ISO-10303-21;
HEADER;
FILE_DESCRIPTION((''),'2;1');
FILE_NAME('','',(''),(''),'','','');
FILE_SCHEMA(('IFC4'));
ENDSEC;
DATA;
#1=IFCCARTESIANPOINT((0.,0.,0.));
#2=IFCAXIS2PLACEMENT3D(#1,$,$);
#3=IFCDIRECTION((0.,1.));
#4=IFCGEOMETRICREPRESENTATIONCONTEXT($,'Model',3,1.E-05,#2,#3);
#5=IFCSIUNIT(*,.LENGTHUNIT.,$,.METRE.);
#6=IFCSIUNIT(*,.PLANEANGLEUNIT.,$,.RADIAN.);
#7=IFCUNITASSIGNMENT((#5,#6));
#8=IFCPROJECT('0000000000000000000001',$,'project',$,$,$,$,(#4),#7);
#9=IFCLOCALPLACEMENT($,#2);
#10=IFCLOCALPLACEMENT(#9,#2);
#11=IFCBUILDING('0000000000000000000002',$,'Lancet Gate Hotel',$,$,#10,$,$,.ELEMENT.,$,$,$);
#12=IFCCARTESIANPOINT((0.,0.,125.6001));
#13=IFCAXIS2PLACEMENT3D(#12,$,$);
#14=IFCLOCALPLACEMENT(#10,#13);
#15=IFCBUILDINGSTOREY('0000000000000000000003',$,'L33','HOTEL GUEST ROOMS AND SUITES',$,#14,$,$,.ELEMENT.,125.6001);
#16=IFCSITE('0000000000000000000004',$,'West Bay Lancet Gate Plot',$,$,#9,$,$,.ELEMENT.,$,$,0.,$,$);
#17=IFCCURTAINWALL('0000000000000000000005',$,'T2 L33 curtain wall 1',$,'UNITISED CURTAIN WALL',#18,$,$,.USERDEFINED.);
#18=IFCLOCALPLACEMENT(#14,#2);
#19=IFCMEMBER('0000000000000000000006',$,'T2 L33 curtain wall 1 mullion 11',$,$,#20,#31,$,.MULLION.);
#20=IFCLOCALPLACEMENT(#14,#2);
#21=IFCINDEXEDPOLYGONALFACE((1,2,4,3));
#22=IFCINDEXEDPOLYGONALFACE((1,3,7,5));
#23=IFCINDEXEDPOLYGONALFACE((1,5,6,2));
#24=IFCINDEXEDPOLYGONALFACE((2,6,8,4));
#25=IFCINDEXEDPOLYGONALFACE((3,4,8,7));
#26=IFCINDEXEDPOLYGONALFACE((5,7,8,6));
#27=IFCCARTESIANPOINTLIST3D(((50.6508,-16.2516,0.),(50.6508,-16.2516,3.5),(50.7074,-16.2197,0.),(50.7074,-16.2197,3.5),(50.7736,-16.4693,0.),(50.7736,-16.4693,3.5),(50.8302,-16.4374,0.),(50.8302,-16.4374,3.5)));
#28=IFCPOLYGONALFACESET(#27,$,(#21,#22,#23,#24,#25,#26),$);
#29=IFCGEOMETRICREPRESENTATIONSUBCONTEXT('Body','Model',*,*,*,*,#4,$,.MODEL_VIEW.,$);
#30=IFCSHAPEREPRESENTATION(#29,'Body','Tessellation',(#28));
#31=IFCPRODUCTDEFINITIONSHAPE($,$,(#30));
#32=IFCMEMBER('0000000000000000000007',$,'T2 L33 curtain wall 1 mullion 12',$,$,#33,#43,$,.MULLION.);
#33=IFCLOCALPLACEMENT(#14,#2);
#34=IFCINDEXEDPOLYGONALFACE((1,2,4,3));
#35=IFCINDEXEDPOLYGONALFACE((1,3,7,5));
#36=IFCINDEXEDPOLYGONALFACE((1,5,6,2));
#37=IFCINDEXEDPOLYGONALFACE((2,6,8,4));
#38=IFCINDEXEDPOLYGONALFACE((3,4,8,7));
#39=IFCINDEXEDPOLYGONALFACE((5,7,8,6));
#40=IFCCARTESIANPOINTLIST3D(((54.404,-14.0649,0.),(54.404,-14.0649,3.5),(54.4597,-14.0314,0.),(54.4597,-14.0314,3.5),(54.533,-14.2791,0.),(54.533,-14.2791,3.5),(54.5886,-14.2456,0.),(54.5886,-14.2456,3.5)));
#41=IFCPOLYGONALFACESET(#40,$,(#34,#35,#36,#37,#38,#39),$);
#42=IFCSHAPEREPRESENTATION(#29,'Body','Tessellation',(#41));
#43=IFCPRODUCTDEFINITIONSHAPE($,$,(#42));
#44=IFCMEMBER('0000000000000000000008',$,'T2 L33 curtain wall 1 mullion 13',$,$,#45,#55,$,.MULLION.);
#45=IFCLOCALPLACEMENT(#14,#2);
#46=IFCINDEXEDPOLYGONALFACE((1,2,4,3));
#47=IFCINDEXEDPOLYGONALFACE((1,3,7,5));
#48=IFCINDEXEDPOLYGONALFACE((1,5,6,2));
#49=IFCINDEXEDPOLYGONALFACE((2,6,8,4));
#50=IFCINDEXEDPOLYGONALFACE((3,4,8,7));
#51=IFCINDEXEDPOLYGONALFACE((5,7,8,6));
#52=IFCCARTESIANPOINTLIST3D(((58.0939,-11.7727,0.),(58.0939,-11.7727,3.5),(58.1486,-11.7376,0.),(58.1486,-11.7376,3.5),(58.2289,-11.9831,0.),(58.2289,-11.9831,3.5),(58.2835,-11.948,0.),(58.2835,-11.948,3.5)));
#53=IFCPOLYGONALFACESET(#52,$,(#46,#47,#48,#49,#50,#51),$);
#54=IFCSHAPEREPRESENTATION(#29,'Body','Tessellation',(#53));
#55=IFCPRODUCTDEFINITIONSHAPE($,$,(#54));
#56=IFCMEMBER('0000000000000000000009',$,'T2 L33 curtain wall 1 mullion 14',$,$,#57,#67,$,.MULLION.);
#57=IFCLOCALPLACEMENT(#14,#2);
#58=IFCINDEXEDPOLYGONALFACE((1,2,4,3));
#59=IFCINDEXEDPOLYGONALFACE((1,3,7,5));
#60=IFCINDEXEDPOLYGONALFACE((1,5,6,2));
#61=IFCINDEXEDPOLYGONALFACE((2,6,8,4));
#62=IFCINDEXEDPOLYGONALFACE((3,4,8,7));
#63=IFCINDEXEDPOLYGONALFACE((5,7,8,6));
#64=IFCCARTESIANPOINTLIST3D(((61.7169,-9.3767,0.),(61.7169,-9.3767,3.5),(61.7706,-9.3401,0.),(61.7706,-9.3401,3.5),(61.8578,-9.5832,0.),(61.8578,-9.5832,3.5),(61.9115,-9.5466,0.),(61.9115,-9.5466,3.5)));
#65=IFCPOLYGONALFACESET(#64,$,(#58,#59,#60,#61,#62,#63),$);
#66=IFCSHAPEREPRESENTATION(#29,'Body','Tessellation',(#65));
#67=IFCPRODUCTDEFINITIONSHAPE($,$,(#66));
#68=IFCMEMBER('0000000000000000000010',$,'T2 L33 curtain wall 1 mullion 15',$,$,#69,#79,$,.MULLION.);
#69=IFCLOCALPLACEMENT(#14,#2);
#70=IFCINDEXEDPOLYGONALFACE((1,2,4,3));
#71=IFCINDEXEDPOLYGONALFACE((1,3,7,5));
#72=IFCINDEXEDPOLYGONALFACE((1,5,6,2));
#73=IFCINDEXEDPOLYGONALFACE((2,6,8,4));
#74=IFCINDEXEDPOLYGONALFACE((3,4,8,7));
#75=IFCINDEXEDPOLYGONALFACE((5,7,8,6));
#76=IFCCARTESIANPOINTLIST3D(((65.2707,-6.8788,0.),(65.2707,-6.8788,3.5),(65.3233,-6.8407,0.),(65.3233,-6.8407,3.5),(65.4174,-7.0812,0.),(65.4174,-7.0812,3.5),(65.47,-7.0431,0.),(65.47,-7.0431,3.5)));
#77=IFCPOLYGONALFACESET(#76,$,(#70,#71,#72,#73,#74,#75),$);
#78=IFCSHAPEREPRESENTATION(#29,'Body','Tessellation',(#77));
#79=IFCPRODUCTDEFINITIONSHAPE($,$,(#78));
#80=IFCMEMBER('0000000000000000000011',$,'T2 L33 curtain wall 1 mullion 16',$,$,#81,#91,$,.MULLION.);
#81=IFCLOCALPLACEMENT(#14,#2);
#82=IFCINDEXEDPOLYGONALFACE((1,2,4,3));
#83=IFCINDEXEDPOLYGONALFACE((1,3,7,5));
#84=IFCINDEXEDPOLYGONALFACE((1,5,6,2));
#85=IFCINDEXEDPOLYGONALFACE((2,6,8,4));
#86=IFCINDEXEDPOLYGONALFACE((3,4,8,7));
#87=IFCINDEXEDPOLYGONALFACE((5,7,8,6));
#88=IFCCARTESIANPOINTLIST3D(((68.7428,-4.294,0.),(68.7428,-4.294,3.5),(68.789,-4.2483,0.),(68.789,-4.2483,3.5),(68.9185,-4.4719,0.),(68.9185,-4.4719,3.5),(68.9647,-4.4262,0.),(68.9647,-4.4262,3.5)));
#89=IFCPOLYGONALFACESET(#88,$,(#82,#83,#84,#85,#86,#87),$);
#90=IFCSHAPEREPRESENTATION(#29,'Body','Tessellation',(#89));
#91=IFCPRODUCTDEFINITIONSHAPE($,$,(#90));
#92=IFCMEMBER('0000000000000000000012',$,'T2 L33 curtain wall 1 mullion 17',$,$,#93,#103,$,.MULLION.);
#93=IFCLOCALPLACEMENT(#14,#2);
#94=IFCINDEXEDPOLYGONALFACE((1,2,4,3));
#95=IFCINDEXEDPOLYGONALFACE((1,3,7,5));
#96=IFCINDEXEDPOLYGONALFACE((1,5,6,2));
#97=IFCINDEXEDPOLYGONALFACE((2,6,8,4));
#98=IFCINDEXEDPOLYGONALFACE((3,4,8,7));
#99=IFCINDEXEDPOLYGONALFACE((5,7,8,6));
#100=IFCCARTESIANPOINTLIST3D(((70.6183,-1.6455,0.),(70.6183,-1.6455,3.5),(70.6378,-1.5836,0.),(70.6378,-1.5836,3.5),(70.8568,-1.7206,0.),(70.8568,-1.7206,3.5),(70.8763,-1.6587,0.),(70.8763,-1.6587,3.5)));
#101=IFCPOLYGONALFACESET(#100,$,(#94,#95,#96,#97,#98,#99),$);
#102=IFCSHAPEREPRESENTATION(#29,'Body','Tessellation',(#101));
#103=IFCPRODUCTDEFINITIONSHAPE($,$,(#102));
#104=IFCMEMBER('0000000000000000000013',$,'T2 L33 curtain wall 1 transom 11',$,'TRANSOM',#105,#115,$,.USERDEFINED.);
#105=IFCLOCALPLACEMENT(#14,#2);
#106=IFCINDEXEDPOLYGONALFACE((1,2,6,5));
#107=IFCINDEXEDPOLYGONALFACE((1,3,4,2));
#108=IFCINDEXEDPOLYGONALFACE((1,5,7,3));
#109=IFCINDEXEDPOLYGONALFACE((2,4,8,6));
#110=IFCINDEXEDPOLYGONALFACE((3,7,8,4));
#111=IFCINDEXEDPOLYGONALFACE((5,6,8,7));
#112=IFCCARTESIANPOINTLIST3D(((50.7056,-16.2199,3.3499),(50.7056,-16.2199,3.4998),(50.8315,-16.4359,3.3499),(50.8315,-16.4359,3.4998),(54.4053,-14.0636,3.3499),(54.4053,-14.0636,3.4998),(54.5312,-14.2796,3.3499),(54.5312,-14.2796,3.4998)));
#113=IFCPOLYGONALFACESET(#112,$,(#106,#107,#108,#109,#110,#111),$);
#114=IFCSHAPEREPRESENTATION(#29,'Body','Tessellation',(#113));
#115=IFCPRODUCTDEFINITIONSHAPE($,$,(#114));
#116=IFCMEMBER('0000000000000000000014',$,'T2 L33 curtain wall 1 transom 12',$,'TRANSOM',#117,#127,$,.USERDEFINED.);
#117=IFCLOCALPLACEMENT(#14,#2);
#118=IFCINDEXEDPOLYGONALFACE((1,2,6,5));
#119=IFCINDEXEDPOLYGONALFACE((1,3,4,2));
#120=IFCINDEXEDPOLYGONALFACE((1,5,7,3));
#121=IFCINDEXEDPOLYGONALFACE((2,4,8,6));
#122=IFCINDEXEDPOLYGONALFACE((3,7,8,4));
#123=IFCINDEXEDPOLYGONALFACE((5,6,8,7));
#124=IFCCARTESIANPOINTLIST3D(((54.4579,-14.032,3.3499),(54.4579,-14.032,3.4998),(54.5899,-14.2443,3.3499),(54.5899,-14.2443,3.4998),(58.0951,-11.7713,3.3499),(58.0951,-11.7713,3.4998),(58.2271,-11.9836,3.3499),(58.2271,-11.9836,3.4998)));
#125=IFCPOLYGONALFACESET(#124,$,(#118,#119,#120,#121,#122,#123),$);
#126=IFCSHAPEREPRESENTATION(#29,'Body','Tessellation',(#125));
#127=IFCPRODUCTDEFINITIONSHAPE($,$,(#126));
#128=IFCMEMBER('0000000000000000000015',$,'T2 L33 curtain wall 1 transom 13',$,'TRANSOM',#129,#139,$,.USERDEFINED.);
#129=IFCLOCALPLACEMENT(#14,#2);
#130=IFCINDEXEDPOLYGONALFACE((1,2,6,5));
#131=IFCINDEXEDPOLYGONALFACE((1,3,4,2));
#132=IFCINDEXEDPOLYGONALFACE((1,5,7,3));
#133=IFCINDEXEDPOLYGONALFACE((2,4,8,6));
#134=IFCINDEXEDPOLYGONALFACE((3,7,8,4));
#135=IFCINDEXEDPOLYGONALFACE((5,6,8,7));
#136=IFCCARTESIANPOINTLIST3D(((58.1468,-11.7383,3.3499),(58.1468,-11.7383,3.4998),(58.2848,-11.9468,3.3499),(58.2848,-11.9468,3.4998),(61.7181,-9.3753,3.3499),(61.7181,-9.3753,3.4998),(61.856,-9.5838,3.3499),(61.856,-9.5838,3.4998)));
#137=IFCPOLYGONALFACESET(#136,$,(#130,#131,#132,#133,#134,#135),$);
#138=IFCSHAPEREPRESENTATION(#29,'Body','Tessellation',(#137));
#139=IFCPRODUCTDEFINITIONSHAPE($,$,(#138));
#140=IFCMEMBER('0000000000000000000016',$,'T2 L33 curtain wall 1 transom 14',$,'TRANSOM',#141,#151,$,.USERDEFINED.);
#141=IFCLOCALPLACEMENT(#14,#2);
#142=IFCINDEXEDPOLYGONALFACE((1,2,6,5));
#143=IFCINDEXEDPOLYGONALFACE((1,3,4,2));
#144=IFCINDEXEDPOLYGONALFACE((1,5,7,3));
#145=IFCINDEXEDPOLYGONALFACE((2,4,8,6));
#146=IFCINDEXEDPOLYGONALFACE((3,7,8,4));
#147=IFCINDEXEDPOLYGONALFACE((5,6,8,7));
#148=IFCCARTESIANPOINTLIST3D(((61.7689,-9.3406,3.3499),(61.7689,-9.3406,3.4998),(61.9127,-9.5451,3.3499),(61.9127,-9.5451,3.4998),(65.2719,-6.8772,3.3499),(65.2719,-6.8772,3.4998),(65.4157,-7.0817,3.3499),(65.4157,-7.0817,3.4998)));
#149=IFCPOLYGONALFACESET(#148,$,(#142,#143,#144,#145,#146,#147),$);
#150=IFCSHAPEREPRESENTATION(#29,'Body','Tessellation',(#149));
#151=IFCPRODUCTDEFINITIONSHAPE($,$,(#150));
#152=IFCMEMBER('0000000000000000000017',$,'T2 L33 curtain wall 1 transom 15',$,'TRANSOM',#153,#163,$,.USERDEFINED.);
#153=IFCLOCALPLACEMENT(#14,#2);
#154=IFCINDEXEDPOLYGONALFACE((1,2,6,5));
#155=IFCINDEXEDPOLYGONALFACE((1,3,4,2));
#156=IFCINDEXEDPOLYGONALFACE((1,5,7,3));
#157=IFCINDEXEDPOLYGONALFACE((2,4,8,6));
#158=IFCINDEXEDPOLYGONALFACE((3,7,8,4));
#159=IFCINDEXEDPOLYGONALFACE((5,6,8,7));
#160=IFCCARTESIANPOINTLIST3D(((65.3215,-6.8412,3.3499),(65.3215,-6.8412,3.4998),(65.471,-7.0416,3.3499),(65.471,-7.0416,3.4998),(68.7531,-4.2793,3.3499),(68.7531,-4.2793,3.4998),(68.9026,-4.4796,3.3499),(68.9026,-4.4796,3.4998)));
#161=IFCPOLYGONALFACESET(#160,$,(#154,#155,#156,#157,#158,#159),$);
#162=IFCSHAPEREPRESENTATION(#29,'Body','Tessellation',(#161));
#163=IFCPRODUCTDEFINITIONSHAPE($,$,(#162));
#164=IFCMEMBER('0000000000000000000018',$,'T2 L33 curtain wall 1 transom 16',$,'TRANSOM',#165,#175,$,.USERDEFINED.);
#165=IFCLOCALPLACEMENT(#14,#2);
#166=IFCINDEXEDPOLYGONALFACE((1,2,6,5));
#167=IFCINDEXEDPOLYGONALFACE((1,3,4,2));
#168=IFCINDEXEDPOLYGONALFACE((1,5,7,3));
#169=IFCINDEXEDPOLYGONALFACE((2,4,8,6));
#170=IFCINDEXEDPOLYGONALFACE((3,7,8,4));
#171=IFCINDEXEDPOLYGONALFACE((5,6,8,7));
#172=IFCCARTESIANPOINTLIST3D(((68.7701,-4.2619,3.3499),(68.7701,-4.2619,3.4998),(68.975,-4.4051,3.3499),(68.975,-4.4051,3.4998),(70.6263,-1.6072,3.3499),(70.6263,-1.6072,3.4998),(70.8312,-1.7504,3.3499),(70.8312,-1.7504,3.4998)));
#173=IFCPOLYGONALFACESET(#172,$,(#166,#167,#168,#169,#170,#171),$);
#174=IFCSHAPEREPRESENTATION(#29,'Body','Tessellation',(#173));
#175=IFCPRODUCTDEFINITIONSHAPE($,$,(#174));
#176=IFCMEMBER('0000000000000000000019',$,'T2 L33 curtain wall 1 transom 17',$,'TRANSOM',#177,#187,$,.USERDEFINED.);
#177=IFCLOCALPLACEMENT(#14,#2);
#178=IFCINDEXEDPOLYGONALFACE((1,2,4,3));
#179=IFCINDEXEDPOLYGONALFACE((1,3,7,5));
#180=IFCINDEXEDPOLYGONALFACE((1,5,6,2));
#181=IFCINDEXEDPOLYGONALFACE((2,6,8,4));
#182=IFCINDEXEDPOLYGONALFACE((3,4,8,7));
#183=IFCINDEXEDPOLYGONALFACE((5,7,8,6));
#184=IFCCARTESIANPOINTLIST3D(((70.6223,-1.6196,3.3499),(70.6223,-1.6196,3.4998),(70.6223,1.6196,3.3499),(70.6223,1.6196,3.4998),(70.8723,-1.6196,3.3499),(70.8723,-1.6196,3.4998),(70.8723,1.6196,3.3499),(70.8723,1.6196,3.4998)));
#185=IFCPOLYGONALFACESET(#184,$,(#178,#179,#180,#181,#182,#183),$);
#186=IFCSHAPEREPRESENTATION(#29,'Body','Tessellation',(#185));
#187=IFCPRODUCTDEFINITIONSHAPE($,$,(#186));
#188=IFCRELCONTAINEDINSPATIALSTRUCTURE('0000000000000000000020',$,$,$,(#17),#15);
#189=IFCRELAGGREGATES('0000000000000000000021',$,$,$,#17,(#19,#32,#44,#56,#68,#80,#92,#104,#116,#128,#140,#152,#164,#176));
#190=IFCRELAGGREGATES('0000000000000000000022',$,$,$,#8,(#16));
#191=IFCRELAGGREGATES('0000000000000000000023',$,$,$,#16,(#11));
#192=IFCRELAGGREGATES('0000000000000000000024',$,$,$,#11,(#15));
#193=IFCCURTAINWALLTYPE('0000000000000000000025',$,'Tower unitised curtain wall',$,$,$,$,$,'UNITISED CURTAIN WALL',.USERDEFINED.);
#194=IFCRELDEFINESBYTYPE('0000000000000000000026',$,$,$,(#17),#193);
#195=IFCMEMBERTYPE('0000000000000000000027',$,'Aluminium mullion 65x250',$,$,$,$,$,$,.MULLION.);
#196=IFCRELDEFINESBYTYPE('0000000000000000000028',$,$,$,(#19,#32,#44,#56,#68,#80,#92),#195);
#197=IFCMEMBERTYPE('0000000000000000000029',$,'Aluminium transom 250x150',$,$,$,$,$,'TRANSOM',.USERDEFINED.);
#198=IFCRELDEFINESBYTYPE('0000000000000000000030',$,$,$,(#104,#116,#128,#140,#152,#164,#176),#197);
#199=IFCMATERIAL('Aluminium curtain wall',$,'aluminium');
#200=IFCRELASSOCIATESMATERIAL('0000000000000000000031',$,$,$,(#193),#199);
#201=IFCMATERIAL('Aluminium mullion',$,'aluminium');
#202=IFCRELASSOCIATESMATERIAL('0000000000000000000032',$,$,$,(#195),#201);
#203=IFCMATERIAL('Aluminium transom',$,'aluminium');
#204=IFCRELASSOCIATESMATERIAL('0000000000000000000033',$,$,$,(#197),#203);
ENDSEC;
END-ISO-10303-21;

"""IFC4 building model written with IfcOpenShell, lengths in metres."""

from ifc_helpers import new_model, si_unit, direction, frame, origin, origin_2d, place, context, subcontext, project, spatial, rectangle, extrude, material, material_profile, profile_set, type_object, element, aggregate, save


model = new_model("IFC4")

# Units and contexts
model_context = context("Model", 3, precision=1e-05, world=origin(), true_north=direction((0.0, 1.0)))
body_context = subcontext(model_context, "Body", "Model", "MODEL_VIEW")
ifc_project = project(units=[si_unit("LENGTHUNIT", "METRE"), si_unit("PLANEANGLEUNIT", "RADIAN")], contexts=[model_context])

# Site, building, storey
site_placement = place(None, origin())
site = spatial("IfcSite", under=ifc_project, at=site_placement, Name="West Bay Lancet Gate Plot", CompositionType="ELEMENT", RefElevation=0.0)
building_placement = place(site_placement, origin())
building = spatial("IfcBuilding", under=site, at=building_placement, Name="Lancet Gate Hotel", CompositionType="ELEMENT")
storey_placement = place(building_placement, frame((0.0, 0.0, 125.6001)))
storey = spatial("IfcBuildingStorey", under=building, at=storey_placement, Name="L33", Description="HOTEL GUEST ROOMS AND SUITES", CompositionType="ELEMENT", Elevation=125.6001)

# Curtain wall, members
ifc_material_1 = material(Name="Aluminium curtain wall", Category="aluminium")
curtain_wall_type = type_object("IfcCurtainWallType", Name="Tower unitised curtain wall", ElementType="UNITISED CURTAIN WALL", PredefinedType="USERDEFINED", material=ifc_material_1)
curtain_wall_placement = place(storey_placement, origin())
curtain_wall = element("IfcCurtainWall", 1, at=curtain_wall_placement, inside=storey, type_object=curtain_wall_type, Name="T2 L33 curtain wall 1", ObjectType="UNITISED CURTAIN WALL", PredefinedType="USERDEFINED")
ifc_material_2 = material(Name="Aluminium mullion", Category="aluminium")
ifc_material_profile_1 = material_profile(ifc_material_2, rectangle(XDim=0.0649, YDim=0.25, at=origin_2d()), Name="MULLION 65x250")
ifc_profile_set_1 = profile_set([ifc_material_profile_1], Name="Aluminium mullion")
member_type_1 = type_object("IfcMemberType", Name="Aluminium mullion 65x250", PredefinedType="MULLION", material=ifc_profile_set_1)
member_1_placement = place(storey_placement, frame((50.7405, -16.3445, 0.0), z_axis=(0.0, 0.0, 1.0), x_axis=(0.871029, 0.491232, 0.0)))
member_1 = element("IfcMember", 2, at=member_1_placement, type_object=member_type_1, Name="T2 L33 curtain wall 1 mullion 11", PredefinedType="MULLION", context=body_context, shape_type="SweptSolid", body=[
    extrude(rectangle(XDim=0.0649, YDim=0.25, at=origin_2d()), origin(), (0.0, 0.0, 1.0), 3.5),
])
member_2_placement = place(storey_placement, frame((54.4963, -14.1553, 0.0), z_axis=(0.0, 0.0, 1.0), x_axis=(0.856728, 0.515768, 0.0)))
member_2 = element("IfcMember", 3, at=member_2_placement, type_object=member_type_1, Name="T2 L33 curtain wall 1 mullion 12", PredefinedType="MULLION", context=body_context, shape_type="SweptSolid", body=[
    extrude(rectangle(XDim=0.0649, YDim=0.25, at=origin_2d()), origin(), (0.0, 0.0, 1.0), 3.5),
])
member_3_placement = place(storey_placement, frame((58.1887, -11.8604, 0.0), z_axis=(0.0, 0.0, 1.0), x_axis=(0.841736, 0.539889, 0.0)))
member_3 = element("IfcMember", 4, at=member_3_placement, type_object=member_type_1, Name="T2 L33 curtain wall 1 mullion 13", PredefinedType="MULLION", context=body_context, shape_type="SweptSolid", body=[
    extrude(rectangle(XDim=0.0649, YDim=0.25, at=origin_2d()), origin(), (0.0, 0.0, 1.0), 3.5),
])
member_4_placement = place(storey_placement, frame((61.8142, -9.4617, 0.0), z_axis=(0.0, 0.0, 1.0), x_axis=(0.826066, 0.563574, 0.0)))
member_4 = element("IfcMember", 5, at=member_4_placement, type_object=member_type_1, Name="T2 L33 curtain wall 1 mullion 14", PredefinedType="MULLION", context=body_context, shape_type="SweptSolid", body=[
    extrude(rectangle(XDim=0.0649, YDim=0.25, at=origin_2d()), origin(), (0.0, 0.0, 1.0), 3.5),
])
member_5_placement = place(storey_placement, frame((65.3704, -6.9609, 0.0), z_axis=(0.0, 0.0, 1.0), x_axis=(0.809729, 0.586805, 0.0)))
member_5 = element("IfcMember", 6, at=member_5_placement, type_object=member_type_1, Name="T2 L33 curtain wall 1 mullion 15", PredefinedType="MULLION", context=body_context, shape_type="SweptSolid", body=[
    extrude(rectangle(XDim=0.0649, YDim=0.25, at=origin_2d()), origin(), (0.0, 0.0, 1.0), 3.5),
])
member_6_placement = place(storey_placement, frame((68.8538, -4.3601, 0.0), z_axis=(0.0, 0.0, 1.0), x_axis=(0.71161, 0.702574, 0.0)))
member_6 = element("IfcMember", 7, at=member_6_placement, type_object=member_type_1, Name="T2 L33 curtain wall 1 mullion 16", PredefinedType="MULLION", context=body_context, shape_type="SweptSolid", body=[
    extrude(rectangle(XDim=0.0649, YDim=0.25, at=origin_2d()), origin(), (0.0, 0.0, 1.0), 3.5),
])
member_7_placement = place(storey_placement, frame((70.7473, -1.6521, 0.0), z_axis=(0.0, 0.0, 1.0), x_axis=(0.300385, 0.953818, 0.0)))
member_7 = element("IfcMember", 8, at=member_7_placement, type_object=member_type_1, Name="T2 L33 curtain wall 1 mullion 17", PredefinedType="MULLION", context=body_context, shape_type="SweptSolid", body=[
    extrude(rectangle(XDim=0.0649, YDim=0.25, at=origin_2d()), origin(), (0.0, 0.0, 1.0), 3.5),
])
ifc_material_3 = material(Name="Aluminium transom", Category="aluminium")
ifc_material_profile_2 = material_profile(ifc_material_3, rectangle(XDim=0.25, YDim=0.1499, at=origin_2d()), Name="TRANSOM 250x150")
ifc_profile_set_2 = profile_set([ifc_material_profile_2], Name="Aluminium transom")
member_type_2 = type_object("IfcMemberType", Name="Aluminium transom 250x150", ElementType="TRANSOM", PredefinedType="USERDEFINED", material=ifc_profile_set_2)
member_8_placement = place(storey_placement, frame((50.7686, -16.3279, 3.4248), z_axis=(0.863973, 0.503538, 0.0), x_axis=(-0.503538, 0.863973, 0.0)))
member_8 = element("IfcMember", 9, at=member_8_placement, type_object=member_type_2, Name="T2 L33 curtain wall 1 transom 11", ObjectType="TRANSOM", PredefinedType="USERDEFINED", context=body_context, shape_type="SweptSolid", body=[
    extrude(rectangle(XDim=0.25, YDim=0.1499, at=origin_2d()), origin(), (0.0, 0.0, 1.0), 4.2822),
])
member_9_placement = place(storey_placement, frame((54.5239, -14.1382, 3.4248), z_axis=(0.849309, 0.527896, 0.0), x_axis=(-0.527896, 0.849309, 0.0)))
member_9 = element("IfcMember", 10, at=member_9_placement, type_object=member_type_2, Name="T2 L33 curtain wall 1 transom 12", ObjectType="TRANSOM", PredefinedType="USERDEFINED", context=body_context, shape_type="SweptSolid", body=[
    extrude(rectangle(XDim=0.25, YDim=0.1499, at=origin_2d()), origin(), (0.0, 0.0, 1.0), 4.2825),
])
member_10_placement = place(storey_placement, frame((58.2158, -11.8425, 3.4248), z_axis=(0.833966, 0.551816, 0.0), x_axis=(-0.551816, 0.833966, 0.0)))
member_10 = element("IfcMember", 11, at=member_10_placement, type_object=member_type_2, Name="T2 L33 curtain wall 1 transom 13", ObjectType="TRANSOM", PredefinedType="USERDEFINED", context=body_context, shape_type="SweptSolid", body=[
    extrude(rectangle(XDim=0.25, YDim=0.1499, at=origin_2d()), origin(), (0.0, 0.0, 1.0), 4.2822),
])
member_11_placement = place(storey_placement, frame((61.8408, -9.4429, 3.4248), z_axis=(0.817987, 0.575236, 0.0), x_axis=(-0.575236, 0.817987, 0.0)))
member_11 = element("IfcMember", 12, at=member_11_placement, type_object=member_type_2, Name="T2 L33 curtain wall 1 transom 14", ObjectType="TRANSOM", PredefinedType="USERDEFINED", context=body_context, shape_type="SweptSolid", body=[
    extrude(rectangle(XDim=0.25, YDim=0.1499, at=origin_2d()), origin(), (0.0, 0.0, 1.0), 4.2825),
])
member_12_placement = place(storey_placement, frame((65.3962, -6.9414, 3.4248), z_axis=(0.801312, 0.598247, 0.0), x_axis=(-0.598247, 0.801312, 0.0)))
member_12 = element("IfcMember", 13, at=member_12_placement, type_object=member_type_2, Name="T2 L33 curtain wall 1 transom 15", ObjectType="TRANSOM", PredefinedType="USERDEFINED", context=body_context, shape_type="SweptSolid", body=[
    extrude(rectangle(XDim=0.25, YDim=0.1499, at=origin_2d()), origin(), (0.0, 0.0, 1.0), 4.2825),
])
member_13_placement = place(storey_placement, frame((68.8726, -4.3335, 3.4248), z_axis=(0.573017, 0.819543, 0.0), x_axis=(-0.819543, 0.573017, 0.0)))
member_13 = element("IfcMember", 14, at=member_13_placement, type_object=member_type_2, Name="T2 L33 curtain wall 1 transom 16", ObjectType="TRANSOM", PredefinedType="USERDEFINED", context=body_context, shape_type="SweptSolid", body=[
    extrude(rectangle(XDim=0.25, YDim=0.1499, at=origin_2d()), origin(), (0.0, 0.0, 1.0), 3.2393),
])
member_14_placement = place(storey_placement, frame((70.7473, -1.6196, 3.4248), z_axis=(0.0, 1.0, 0.0), x_axis=(-1.0, 0.0, 0.0)))
member_14 = element("IfcMember", 15, at=member_14_placement, type_object=member_type_2, Name="T2 L33 curtain wall 1 transom 17", ObjectType="TRANSOM", PredefinedType="USERDEFINED", context=body_context, shape_type="SweptSolid", body=[
    extrude(rectangle(XDim=0.25, YDim=0.1499, at=origin_2d()), origin(), (0.0, 0.0, 1.0), 3.2393),
])

aggregate(curtain_wall, [member_1, member_2, member_3, member_4, member_5, member_6, member_7, member_8, member_9, member_10, member_11, member_12, member_13, member_14])

save(model, "model.ifc")
